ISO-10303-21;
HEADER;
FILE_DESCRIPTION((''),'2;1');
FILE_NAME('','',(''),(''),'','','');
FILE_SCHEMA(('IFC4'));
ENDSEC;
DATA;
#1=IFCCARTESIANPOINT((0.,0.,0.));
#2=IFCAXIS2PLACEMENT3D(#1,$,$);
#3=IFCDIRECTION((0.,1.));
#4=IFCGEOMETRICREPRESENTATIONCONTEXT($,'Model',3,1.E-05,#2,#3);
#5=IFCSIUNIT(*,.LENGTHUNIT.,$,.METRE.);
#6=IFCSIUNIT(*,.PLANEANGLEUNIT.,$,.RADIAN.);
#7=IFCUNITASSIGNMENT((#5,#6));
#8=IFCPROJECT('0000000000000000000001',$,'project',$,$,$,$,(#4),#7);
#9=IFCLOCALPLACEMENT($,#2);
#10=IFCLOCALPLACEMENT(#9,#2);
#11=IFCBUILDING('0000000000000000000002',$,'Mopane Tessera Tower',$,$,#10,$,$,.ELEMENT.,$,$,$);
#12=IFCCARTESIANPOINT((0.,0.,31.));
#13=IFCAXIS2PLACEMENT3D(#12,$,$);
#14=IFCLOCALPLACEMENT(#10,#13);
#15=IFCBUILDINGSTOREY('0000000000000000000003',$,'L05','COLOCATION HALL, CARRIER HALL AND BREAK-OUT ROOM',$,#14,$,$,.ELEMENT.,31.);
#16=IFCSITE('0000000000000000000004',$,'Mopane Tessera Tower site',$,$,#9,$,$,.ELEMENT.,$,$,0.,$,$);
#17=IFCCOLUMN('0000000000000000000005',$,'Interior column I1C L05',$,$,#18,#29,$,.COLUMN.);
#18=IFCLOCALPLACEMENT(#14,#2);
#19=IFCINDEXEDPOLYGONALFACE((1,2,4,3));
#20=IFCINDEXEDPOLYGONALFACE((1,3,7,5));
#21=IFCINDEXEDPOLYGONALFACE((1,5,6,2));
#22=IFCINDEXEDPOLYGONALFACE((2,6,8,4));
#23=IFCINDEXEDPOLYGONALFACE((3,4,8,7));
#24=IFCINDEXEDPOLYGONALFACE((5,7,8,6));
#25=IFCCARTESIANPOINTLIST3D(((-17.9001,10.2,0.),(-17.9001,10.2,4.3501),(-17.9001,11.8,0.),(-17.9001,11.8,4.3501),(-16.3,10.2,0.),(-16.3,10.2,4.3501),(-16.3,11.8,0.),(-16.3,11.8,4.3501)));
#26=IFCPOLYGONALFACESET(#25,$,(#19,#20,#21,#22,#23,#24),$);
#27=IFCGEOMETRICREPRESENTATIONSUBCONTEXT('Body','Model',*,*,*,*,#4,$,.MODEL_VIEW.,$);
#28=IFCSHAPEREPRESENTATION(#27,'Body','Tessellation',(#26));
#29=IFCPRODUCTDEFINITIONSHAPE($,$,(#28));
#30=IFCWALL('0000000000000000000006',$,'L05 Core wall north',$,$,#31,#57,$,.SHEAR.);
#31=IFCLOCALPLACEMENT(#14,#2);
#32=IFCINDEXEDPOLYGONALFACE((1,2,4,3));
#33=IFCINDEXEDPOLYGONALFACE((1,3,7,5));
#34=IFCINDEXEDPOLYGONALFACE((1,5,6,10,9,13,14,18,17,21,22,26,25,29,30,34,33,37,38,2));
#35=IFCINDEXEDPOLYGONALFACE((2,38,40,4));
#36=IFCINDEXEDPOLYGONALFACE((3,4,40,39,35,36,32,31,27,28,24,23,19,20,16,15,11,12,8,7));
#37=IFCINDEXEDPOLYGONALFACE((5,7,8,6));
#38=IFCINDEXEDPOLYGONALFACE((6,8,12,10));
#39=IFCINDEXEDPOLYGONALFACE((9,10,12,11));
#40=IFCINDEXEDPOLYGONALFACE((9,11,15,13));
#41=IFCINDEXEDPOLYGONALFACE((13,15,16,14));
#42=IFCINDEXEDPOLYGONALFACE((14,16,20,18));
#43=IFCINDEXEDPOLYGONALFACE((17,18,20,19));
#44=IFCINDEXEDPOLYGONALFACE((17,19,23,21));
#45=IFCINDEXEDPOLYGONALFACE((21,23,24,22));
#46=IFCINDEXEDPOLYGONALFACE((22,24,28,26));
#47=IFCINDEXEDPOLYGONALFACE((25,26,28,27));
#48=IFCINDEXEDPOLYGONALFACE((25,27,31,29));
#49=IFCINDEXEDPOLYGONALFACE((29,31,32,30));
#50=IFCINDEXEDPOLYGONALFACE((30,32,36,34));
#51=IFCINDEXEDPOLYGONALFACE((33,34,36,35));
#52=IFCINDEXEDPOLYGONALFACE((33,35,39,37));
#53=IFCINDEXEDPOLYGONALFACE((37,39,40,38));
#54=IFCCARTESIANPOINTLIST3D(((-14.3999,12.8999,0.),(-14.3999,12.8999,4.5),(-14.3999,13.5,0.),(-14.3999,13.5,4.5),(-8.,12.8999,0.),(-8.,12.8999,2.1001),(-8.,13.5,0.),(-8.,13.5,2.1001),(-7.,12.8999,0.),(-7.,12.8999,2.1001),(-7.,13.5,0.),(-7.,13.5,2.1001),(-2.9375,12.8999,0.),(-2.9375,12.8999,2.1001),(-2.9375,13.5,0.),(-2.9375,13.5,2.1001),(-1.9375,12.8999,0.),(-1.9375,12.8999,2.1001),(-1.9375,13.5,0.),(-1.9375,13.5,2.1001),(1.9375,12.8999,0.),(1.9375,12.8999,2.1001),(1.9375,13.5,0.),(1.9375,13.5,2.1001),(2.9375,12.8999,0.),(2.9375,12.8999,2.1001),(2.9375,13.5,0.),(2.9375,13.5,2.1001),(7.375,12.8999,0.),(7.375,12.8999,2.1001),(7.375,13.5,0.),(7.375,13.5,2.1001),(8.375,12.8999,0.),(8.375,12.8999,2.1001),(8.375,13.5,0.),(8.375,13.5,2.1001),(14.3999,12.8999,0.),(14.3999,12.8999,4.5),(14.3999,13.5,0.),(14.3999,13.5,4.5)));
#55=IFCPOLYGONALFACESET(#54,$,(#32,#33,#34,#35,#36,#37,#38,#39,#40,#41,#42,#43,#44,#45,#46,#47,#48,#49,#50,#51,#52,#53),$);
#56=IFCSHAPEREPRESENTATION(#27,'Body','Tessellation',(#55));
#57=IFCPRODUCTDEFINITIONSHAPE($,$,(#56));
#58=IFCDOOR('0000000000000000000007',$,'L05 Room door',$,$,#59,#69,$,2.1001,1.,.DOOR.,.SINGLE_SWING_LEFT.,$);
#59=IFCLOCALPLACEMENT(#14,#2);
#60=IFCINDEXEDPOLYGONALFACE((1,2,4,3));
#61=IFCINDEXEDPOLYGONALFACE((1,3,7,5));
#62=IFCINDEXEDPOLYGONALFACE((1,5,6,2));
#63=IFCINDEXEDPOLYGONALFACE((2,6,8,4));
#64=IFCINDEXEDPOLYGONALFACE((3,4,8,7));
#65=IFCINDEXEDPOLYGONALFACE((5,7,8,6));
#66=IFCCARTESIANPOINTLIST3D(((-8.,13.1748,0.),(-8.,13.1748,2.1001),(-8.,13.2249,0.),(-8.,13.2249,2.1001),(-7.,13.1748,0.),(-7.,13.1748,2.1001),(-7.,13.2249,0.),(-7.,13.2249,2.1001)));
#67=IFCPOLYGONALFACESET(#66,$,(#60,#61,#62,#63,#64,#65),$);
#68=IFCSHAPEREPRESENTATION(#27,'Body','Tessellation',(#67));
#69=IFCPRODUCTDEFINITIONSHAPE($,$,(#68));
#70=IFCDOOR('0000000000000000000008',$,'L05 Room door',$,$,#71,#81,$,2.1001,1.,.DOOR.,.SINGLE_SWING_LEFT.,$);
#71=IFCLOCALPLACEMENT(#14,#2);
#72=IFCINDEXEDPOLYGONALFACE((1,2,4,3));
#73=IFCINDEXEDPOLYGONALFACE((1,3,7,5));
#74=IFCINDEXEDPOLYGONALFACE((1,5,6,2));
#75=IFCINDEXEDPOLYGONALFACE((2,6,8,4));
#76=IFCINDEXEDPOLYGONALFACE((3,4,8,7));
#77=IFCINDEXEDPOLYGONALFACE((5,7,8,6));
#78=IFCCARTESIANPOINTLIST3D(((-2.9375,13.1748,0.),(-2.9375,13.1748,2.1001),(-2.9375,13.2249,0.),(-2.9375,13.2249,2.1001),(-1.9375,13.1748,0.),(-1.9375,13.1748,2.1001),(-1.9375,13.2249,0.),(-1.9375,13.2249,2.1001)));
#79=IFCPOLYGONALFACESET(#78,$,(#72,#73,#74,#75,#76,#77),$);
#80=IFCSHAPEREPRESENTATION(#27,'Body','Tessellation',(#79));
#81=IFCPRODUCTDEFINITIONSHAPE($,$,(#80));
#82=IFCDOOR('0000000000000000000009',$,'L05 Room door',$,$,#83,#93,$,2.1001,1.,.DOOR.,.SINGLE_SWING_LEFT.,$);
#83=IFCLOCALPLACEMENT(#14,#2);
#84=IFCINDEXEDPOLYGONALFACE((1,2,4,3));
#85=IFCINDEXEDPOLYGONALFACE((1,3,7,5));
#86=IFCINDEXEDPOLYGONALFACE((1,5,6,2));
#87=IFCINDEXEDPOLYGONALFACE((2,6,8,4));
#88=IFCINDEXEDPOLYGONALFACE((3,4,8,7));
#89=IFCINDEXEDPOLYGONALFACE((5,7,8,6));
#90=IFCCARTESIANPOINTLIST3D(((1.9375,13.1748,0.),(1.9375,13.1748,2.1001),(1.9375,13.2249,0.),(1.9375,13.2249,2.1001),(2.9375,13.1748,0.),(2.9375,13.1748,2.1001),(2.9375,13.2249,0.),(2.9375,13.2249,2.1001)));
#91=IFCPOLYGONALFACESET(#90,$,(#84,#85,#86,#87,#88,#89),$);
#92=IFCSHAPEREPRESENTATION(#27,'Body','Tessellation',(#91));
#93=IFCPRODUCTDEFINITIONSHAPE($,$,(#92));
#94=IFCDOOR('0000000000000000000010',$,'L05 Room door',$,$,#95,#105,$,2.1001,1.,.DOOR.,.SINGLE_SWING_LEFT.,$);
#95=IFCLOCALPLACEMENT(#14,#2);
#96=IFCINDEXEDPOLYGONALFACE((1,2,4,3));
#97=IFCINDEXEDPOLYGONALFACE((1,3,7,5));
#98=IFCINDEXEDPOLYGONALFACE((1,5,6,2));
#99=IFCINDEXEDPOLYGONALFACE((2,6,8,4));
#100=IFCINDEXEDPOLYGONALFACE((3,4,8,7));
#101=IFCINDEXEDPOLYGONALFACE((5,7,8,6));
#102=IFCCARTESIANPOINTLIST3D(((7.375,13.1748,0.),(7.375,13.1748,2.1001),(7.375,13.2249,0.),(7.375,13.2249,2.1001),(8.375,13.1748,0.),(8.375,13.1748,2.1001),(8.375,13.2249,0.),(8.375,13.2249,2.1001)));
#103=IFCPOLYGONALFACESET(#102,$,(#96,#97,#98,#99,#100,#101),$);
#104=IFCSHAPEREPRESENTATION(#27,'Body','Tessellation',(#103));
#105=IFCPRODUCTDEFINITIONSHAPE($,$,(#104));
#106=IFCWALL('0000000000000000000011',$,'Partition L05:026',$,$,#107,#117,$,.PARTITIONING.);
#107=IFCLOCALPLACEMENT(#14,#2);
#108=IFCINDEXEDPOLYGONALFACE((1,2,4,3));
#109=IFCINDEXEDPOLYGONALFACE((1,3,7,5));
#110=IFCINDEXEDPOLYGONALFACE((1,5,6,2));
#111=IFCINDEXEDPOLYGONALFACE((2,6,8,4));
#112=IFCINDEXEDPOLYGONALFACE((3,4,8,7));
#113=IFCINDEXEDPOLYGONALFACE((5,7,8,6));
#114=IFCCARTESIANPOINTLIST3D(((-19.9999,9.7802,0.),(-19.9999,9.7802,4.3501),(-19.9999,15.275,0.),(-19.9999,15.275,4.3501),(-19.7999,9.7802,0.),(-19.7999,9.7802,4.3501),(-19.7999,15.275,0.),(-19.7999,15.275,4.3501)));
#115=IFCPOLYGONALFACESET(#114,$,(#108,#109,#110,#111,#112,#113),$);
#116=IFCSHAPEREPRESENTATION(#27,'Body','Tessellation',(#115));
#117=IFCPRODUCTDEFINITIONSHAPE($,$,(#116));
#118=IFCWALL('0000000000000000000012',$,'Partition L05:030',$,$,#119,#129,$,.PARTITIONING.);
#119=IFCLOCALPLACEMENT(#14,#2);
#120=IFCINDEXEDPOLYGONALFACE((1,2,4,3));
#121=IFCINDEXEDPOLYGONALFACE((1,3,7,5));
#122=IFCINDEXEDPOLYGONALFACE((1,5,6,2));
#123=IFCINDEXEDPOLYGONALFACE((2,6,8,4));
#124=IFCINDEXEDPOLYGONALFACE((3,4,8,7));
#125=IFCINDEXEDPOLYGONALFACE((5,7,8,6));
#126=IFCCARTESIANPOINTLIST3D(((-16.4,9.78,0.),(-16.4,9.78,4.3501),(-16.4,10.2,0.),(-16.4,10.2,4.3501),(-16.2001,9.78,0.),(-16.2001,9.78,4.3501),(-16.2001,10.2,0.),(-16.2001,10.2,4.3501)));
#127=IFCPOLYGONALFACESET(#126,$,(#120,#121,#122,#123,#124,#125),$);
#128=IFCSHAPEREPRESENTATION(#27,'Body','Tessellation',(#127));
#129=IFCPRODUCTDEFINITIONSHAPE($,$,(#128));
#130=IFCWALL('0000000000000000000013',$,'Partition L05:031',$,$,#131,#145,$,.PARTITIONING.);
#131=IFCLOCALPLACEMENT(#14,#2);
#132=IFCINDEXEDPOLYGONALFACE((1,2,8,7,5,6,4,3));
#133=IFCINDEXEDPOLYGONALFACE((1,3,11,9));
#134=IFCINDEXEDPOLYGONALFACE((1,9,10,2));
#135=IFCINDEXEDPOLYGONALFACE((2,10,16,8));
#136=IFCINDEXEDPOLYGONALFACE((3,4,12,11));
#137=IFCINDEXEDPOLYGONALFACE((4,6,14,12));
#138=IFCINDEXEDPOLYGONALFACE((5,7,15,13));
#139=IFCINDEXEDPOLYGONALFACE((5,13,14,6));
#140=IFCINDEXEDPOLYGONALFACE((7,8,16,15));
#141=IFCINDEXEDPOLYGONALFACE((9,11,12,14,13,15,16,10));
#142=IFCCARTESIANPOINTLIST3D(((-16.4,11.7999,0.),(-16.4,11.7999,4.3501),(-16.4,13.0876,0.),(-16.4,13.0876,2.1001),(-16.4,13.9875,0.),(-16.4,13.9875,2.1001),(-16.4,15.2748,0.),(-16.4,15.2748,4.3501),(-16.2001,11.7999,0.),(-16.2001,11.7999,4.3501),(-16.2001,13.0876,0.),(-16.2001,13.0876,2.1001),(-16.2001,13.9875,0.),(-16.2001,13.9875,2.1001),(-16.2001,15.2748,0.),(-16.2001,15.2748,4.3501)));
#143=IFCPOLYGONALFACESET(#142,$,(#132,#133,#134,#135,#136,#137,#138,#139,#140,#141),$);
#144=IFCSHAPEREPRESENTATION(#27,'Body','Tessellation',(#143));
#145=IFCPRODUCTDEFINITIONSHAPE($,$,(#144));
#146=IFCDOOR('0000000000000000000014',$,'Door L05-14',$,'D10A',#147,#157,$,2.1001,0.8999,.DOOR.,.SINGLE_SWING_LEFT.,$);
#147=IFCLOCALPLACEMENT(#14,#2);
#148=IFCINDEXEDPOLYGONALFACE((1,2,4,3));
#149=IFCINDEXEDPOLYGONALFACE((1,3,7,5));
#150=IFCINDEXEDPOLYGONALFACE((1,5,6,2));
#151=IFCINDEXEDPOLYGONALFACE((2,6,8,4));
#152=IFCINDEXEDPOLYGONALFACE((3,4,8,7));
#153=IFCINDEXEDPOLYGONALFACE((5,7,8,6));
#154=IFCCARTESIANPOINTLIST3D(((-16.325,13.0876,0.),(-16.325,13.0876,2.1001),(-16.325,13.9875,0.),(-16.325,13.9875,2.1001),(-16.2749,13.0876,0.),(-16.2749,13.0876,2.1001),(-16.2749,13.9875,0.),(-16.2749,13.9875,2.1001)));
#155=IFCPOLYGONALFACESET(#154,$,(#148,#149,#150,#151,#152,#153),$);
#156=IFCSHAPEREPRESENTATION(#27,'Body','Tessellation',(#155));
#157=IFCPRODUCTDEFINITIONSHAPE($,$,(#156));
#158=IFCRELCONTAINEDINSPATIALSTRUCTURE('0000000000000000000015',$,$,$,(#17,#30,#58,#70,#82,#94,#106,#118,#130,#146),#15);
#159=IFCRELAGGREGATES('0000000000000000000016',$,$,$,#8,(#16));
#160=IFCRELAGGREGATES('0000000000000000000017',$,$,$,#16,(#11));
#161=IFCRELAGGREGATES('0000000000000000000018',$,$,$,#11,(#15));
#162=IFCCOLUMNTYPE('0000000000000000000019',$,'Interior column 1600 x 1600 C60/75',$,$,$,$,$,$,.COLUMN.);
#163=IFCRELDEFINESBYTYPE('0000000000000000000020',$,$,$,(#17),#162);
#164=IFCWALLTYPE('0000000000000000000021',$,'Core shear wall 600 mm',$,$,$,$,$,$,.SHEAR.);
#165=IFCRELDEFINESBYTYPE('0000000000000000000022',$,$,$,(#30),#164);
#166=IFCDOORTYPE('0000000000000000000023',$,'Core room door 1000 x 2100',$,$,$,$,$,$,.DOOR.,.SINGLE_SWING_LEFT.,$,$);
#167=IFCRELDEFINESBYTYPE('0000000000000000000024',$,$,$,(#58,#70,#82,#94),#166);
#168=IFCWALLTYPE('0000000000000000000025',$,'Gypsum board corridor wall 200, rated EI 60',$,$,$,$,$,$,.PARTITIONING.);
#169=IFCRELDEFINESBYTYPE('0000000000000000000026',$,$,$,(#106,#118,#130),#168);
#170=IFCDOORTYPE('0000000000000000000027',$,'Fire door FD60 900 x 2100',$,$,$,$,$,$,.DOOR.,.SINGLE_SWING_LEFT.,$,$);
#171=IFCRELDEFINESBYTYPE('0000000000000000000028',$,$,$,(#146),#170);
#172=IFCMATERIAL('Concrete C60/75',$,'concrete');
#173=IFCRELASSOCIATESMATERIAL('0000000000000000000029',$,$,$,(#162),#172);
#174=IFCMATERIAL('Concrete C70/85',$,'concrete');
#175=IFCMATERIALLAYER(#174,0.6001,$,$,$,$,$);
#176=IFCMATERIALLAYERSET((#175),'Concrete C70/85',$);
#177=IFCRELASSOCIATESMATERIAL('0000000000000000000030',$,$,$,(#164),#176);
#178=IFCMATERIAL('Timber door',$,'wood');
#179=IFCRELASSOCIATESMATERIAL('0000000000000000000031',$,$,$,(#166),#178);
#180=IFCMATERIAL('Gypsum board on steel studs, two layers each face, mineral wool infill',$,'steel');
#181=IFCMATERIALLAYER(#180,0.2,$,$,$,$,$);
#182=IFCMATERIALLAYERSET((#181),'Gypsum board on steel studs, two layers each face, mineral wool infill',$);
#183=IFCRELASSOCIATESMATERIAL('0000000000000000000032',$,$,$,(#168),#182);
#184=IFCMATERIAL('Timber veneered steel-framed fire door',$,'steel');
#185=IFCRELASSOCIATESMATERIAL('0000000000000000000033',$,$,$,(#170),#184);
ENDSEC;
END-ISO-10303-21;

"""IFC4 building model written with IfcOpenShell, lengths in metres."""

from ifc_helpers import new_model, si_unit, direction, frame, frame_2d, origin, origin_2d, place, context, subcontext, project, spatial, rectangle, extrude, material, layer, layer_set, material_profile, profile_set, type_object, element, fill, save


model = new_model("IFC4")

# Units and contexts
model_context = context("Model", 3, precision=1e-05, world=origin(), true_north=direction((0.0, 1.0)))
body_context = subcontext(model_context, "Body", "Model", "MODEL_VIEW")
ifc_project = project(units=[si_unit("LENGTHUNIT", "METRE"), si_unit("PLANEANGLEUNIT", "RADIAN")], contexts=[model_context])

# Site, building, storey
site_placement = place(None, origin())
site = spatial("IfcSite", under=ifc_project, at=site_placement, Name="Mopane Tessera Tower site", CompositionType="ELEMENT", RefElevation=0.0)
building_placement = place(site_placement, origin())
building = spatial("IfcBuilding", under=site, at=building_placement, Name="Mopane Tessera Tower", CompositionType="ELEMENT")
storey_placement = place(building_placement, frame((0.0, 0.0, 31.0)))
storey = spatial("IfcBuildingStorey", under=building, at=storey_placement, Name="L05", Description="COLOCATION HALL, CARRIER HALL AND BREAK-OUT ROOM", CompositionType="ELEMENT", Elevation=31.0)

# Column
ifc_material_1 = material(Name="Concrete C60/75", Category="concrete")
ifc_material_profile = material_profile(ifc_material_1, rectangle(XDim=1.6001, YDim=1.6001, at=origin_2d()))
ifc_profile_set = profile_set([ifc_material_profile], Name="Concrete C60/75")
column_type = type_object("IfcColumnType", Name="Interior column 1600 x 1600 C60/75", PredefinedType="COLUMN", material=ifc_profile_set)
column_placement = place(storey_placement, frame((-17.1001, 11.0, 0.0), z_axis=(0.0, 0.0, 1.0), x_axis=(1.0, 0.0, 0.0)))
element("IfcColumn", 1, at=column_placement, inside=storey, type_object=column_type, Name="Interior column I1C L05", PredefinedType="COLUMN", context=body_context, shape_type="SweptSolid", body=[
    extrude(rectangle(XDim=1.6001, YDim=1.6001, at=origin_2d()), origin(), (0.0, 0.0, 1.0), 4.3501),
])

# Wall, openings, doors
ifc_material_2 = material(Name="Concrete C70/85", Category="concrete")
ifc_layer_1 = layer(ifc_material_2, 0.6001)
ifc_layer_set_1 = layer_set([ifc_layer_1], Name="Concrete C70/85")
wall_type_1 = type_object("IfcWallType", Name="Core shear wall 600 mm", PredefinedType="SHEAR", material=ifc_layer_set_1)
wall_1_placement = place(storey_placement, frame((-14.3999, 13.2, 0.0), z_axis=(0.0, 0.0, 1.0), x_axis=(1.0, 0.0, 0.0)))
wall_1 = element("IfcWall", 2, at=wall_1_placement, inside=storey, type_object=wall_type_1, Name="L05 Core wall north", PredefinedType="SHEAR", context=body_context, shape_type="SweptSolid", body=[
    extrude(rectangle(XDim=28.7998, YDim=0.6001, at=frame_2d((14.3999, 0.0))), origin(), (0.0, 0.0, 1.0), 4.5),
])
opening_1_placement = place(wall_1_placement, frame((6.3999, 0.0, 0.0)))
opening_1 = element("IfcOpeningElement", 3, at=opening_1_placement, cuts=wall_1, PredefinedType="OPENING", context=body_context, shape_type="SweptSolid", body=[
    extrude(rectangle(XDim=1.0, YDim=2.1001, at=frame_2d((0.5, 1.05))), frame((0.0, 0.312, 0.0), z_axis=(0.0, -1.0, 0.0), x_axis=(1.0, 0.0, 0.0)), (0.0, 0.0, 1.0), 0.624),
])
opening_2_placement = place(wall_1_placement, frame((11.4624, 0.0, 0.0)))
opening_2 = element("IfcOpeningElement", 4, at=opening_2_placement, cuts=wall_1, PredefinedType="OPENING", context=body_context, shape_type="SweptSolid", body=[
    extrude(rectangle(XDim=1.0, YDim=2.1001, at=frame_2d((0.5, 1.05))), frame((0.0, 0.312, 0.0), z_axis=(0.0, -1.0, 0.0), x_axis=(1.0, 0.0, 0.0)), (0.0, 0.0, 1.0), 0.624),
])
opening_3_placement = place(wall_1_placement, frame((16.3374, 0.0, 0.0)))
opening_3 = element("IfcOpeningElement", 5, at=opening_3_placement, cuts=wall_1, PredefinedType="OPENING", context=body_context, shape_type="SweptSolid", body=[
    extrude(rectangle(XDim=1.0, YDim=2.1001, at=frame_2d((0.5, 1.05))), frame((0.0, 0.312, 0.0), z_axis=(0.0, -1.0, 0.0), x_axis=(1.0, 0.0, 0.0)), (0.0, 0.0, 1.0), 0.624),
])
opening_4_placement = place(wall_1_placement, frame((21.7749, 0.0, 0.0)))
opening_4 = element("IfcOpeningElement", 6, at=opening_4_placement, cuts=wall_1, PredefinedType="OPENING", context=body_context, shape_type="SweptSolid", body=[
    extrude(rectangle(XDim=1.0, YDim=2.1001, at=frame_2d((0.5, 1.05))), frame((0.0, 0.312, 0.0), z_axis=(0.0, -1.0, 0.0), x_axis=(1.0, 0.0, 0.0)), (0.0, 0.0, 1.0), 0.624),
])
ifc_material_3 = material(Name="Timber door", Category="wood")
door_type_1 = type_object("IfcDoorType", Name="Core room door 1000 x 2100", OperationType="SINGLE_SWING_LEFT", PredefinedType="DOOR", material=ifc_material_3)
door_1_placement = place(opening_1_placement, origin())
door_1 = element("IfcDoor", 7, at=door_1_placement, inside=storey, type_object=door_type_1, Name="L05 Room door", OperationType="SINGLE_SWING_LEFT", OverallHeight=2.1001, OverallWidth=1.0, PredefinedType="DOOR", context=body_context, shape_type="SweptSolid", body=[
    extrude(rectangle(XDim=1.0, YDim=2.1001, at=frame_2d((0.5, 1.05))), frame((0.0, 0.0249, 0.0), z_axis=(0.0, -1.0, 0.0), x_axis=(1.0, 0.0, 0.0)), (0.0, 0.0, 1.0), 0.05),
])
fill(opening_1, door_1)
door_2_placement = place(opening_2_placement, origin())
door_2 = element("IfcDoor", 8, at=door_2_placement, inside=storey, type_object=door_type_1, Name="L05 Room door", OperationType="SINGLE_SWING_LEFT", OverallHeight=2.1001, OverallWidth=1.0, PredefinedType="DOOR", context=body_context, shape_type="SweptSolid", body=[
    extrude(rectangle(XDim=1.0, YDim=2.1001, at=frame_2d((0.5, 1.05))), frame((0.0, 0.0249, 0.0), z_axis=(0.0, -1.0, 0.0), x_axis=(1.0, 0.0, 0.0)), (0.0, 0.0, 1.0), 0.05),
])
fill(opening_2, door_2)
door_3_placement = place(opening_3_placement, origin())
door_3 = element("IfcDoor", 9, at=door_3_placement, inside=storey, type_object=door_type_1, Name="L05 Room door", OperationType="SINGLE_SWING_LEFT", OverallHeight=2.1001, OverallWidth=1.0, PredefinedType="DOOR", context=body_context, shape_type="SweptSolid", body=[
    extrude(rectangle(XDim=1.0, YDim=2.1001, at=frame_2d((0.5, 1.05))), frame((0.0, 0.0249, 0.0), z_axis=(0.0, -1.0, 0.0), x_axis=(1.0, 0.0, 0.0)), (0.0, 0.0, 1.0), 0.05),
])
fill(opening_3, door_3)
door_4_placement = place(opening_4_placement, origin())
door_4 = element("IfcDoor", 10, at=door_4_placement, inside=storey, type_object=door_type_1, Name="L05 Room door", OperationType="SINGLE_SWING_LEFT", OverallHeight=2.1001, OverallWidth=1.0, PredefinedType="DOOR", context=body_context, shape_type="SweptSolid", body=[
    extrude(rectangle(XDim=1.0, YDim=2.1001, at=frame_2d((0.5, 1.05))), frame((0.0, 0.0249, 0.0), z_axis=(0.0, -1.0, 0.0), x_axis=(1.0, 0.0, 0.0)), (0.0, 0.0, 1.0), 0.05),
])
fill(opening_4, door_4)

# Walls
ifc_material_4 = material(Name="Gypsum board on steel studs, two layers each face, mineral wool infill", Category="steel")
ifc_layer_2 = layer(ifc_material_4, 0.2)
ifc_layer_set_2 = layer_set([ifc_layer_2], Name="Gypsum board on steel studs, two layers each face, mineral wool infill")
wall_type_2 = type_object("IfcWallType", Name="Gypsum board corridor wall 200, rated EI 60", PredefinedType="PARTITIONING", material=ifc_layer_set_2)
wall_2_placement = place(storey_placement, frame((-19.8999, 9.78, 0.0), z_axis=(0.0, 0.0, 1.0), x_axis=(0.0, 1.0, 0.0)))
element("IfcWall", 11, at=wall_2_placement, inside=storey, type_object=wall_type_2, Name="Partition L05:026", PredefinedType="PARTITIONING", context=body_context, shape_type="SweptSolid", body=[
    extrude(rectangle(XDim=5.4949, YDim=0.2, at=frame_2d((2.7476, 0.0))), origin(), (0.0, 0.0, 1.0), 4.3501),
])
wall_3_placement = place(storey_placement, frame((-16.3, 9.78, 0.0), z_axis=(0.0, 0.0, 1.0), x_axis=(0.0, 1.0, 0.0)))
element("IfcWall", 12, at=wall_3_placement, inside=storey, type_object=wall_type_2, Name="Partition L05:030", PredefinedType="PARTITIONING", context=body_context, shape_type="SweptSolid", body=[
    extrude(rectangle(XDim=0.4199, YDim=0.2, at=frame_2d((0.21, 0.0))), origin(), (0.0, 0.0, 1.0), 4.3501),
])

# Wall, opening, door
wall_4_placement = place(storey_placement, frame((-16.3, 11.8, 0.0), z_axis=(0.0, 0.0, 1.0), x_axis=(0.0, 1.0, 0.0)))
wall_4 = element("IfcWall", 13, at=wall_4_placement, inside=storey, type_object=wall_type_2, Name="Partition L05:031", PredefinedType="PARTITIONING", context=body_context, shape_type="SweptSolid", body=[
    extrude(rectangle(XDim=3.4749, YDim=0.2, at=frame_2d((1.7373, 0.0))), origin(), (0.0, 0.0, 1.0), 4.3501),
])
opening_5_placement = place(wall_4_placement, frame((1.2876, 0.0, 0.0)))
opening_5 = element("IfcOpeningElement", 14, at=opening_5_placement, cuts=wall_4, PredefinedType="OPENING", context=body_context, shape_type="SweptSolid", body=[
    extrude(rectangle(XDim=0.8999, YDim=2.1001, at=frame_2d((0.45, 1.05))), frame((0.0, 0.1121, 0.0), z_axis=(0.0, -1.0, 0.0), x_axis=(1.0, 0.0, 0.0)), (0.0, 0.0, 1.0), 0.2239),
])
ifc_material_5 = material(Name="Timber veneered steel-framed fire door", Category="steel")
door_type_2 = type_object("IfcDoorType", Name="Fire door FD60 900 x 2100", OperationType="SINGLE_SWING_LEFT", PredefinedType="DOOR", material=ifc_material_5)
door_5_placement = place(opening_5_placement, origin())
door_5 = element("IfcDoor", 15, at=door_5_placement, inside=storey, type_object=door_type_2, Name="Door L05-14", ObjectType="D10A", OperationType="SINGLE_SWING_LEFT", OverallHeight=2.1001, OverallWidth=0.8999, PredefinedType="DOOR", context=body_context, shape_type="SweptSolid", body=[
    extrude(rectangle(XDim=0.8999, YDim=2.1001, at=frame_2d((0.45, 1.05))), frame((0.0, 0.0249, 0.0), z_axis=(0.0, -1.0, 0.0), x_axis=(1.0, 0.0, 0.0)), (0.0, 0.0, 1.0), 0.05),
])
fill(opening_5, door_5)

save(model, "model.ifc")
